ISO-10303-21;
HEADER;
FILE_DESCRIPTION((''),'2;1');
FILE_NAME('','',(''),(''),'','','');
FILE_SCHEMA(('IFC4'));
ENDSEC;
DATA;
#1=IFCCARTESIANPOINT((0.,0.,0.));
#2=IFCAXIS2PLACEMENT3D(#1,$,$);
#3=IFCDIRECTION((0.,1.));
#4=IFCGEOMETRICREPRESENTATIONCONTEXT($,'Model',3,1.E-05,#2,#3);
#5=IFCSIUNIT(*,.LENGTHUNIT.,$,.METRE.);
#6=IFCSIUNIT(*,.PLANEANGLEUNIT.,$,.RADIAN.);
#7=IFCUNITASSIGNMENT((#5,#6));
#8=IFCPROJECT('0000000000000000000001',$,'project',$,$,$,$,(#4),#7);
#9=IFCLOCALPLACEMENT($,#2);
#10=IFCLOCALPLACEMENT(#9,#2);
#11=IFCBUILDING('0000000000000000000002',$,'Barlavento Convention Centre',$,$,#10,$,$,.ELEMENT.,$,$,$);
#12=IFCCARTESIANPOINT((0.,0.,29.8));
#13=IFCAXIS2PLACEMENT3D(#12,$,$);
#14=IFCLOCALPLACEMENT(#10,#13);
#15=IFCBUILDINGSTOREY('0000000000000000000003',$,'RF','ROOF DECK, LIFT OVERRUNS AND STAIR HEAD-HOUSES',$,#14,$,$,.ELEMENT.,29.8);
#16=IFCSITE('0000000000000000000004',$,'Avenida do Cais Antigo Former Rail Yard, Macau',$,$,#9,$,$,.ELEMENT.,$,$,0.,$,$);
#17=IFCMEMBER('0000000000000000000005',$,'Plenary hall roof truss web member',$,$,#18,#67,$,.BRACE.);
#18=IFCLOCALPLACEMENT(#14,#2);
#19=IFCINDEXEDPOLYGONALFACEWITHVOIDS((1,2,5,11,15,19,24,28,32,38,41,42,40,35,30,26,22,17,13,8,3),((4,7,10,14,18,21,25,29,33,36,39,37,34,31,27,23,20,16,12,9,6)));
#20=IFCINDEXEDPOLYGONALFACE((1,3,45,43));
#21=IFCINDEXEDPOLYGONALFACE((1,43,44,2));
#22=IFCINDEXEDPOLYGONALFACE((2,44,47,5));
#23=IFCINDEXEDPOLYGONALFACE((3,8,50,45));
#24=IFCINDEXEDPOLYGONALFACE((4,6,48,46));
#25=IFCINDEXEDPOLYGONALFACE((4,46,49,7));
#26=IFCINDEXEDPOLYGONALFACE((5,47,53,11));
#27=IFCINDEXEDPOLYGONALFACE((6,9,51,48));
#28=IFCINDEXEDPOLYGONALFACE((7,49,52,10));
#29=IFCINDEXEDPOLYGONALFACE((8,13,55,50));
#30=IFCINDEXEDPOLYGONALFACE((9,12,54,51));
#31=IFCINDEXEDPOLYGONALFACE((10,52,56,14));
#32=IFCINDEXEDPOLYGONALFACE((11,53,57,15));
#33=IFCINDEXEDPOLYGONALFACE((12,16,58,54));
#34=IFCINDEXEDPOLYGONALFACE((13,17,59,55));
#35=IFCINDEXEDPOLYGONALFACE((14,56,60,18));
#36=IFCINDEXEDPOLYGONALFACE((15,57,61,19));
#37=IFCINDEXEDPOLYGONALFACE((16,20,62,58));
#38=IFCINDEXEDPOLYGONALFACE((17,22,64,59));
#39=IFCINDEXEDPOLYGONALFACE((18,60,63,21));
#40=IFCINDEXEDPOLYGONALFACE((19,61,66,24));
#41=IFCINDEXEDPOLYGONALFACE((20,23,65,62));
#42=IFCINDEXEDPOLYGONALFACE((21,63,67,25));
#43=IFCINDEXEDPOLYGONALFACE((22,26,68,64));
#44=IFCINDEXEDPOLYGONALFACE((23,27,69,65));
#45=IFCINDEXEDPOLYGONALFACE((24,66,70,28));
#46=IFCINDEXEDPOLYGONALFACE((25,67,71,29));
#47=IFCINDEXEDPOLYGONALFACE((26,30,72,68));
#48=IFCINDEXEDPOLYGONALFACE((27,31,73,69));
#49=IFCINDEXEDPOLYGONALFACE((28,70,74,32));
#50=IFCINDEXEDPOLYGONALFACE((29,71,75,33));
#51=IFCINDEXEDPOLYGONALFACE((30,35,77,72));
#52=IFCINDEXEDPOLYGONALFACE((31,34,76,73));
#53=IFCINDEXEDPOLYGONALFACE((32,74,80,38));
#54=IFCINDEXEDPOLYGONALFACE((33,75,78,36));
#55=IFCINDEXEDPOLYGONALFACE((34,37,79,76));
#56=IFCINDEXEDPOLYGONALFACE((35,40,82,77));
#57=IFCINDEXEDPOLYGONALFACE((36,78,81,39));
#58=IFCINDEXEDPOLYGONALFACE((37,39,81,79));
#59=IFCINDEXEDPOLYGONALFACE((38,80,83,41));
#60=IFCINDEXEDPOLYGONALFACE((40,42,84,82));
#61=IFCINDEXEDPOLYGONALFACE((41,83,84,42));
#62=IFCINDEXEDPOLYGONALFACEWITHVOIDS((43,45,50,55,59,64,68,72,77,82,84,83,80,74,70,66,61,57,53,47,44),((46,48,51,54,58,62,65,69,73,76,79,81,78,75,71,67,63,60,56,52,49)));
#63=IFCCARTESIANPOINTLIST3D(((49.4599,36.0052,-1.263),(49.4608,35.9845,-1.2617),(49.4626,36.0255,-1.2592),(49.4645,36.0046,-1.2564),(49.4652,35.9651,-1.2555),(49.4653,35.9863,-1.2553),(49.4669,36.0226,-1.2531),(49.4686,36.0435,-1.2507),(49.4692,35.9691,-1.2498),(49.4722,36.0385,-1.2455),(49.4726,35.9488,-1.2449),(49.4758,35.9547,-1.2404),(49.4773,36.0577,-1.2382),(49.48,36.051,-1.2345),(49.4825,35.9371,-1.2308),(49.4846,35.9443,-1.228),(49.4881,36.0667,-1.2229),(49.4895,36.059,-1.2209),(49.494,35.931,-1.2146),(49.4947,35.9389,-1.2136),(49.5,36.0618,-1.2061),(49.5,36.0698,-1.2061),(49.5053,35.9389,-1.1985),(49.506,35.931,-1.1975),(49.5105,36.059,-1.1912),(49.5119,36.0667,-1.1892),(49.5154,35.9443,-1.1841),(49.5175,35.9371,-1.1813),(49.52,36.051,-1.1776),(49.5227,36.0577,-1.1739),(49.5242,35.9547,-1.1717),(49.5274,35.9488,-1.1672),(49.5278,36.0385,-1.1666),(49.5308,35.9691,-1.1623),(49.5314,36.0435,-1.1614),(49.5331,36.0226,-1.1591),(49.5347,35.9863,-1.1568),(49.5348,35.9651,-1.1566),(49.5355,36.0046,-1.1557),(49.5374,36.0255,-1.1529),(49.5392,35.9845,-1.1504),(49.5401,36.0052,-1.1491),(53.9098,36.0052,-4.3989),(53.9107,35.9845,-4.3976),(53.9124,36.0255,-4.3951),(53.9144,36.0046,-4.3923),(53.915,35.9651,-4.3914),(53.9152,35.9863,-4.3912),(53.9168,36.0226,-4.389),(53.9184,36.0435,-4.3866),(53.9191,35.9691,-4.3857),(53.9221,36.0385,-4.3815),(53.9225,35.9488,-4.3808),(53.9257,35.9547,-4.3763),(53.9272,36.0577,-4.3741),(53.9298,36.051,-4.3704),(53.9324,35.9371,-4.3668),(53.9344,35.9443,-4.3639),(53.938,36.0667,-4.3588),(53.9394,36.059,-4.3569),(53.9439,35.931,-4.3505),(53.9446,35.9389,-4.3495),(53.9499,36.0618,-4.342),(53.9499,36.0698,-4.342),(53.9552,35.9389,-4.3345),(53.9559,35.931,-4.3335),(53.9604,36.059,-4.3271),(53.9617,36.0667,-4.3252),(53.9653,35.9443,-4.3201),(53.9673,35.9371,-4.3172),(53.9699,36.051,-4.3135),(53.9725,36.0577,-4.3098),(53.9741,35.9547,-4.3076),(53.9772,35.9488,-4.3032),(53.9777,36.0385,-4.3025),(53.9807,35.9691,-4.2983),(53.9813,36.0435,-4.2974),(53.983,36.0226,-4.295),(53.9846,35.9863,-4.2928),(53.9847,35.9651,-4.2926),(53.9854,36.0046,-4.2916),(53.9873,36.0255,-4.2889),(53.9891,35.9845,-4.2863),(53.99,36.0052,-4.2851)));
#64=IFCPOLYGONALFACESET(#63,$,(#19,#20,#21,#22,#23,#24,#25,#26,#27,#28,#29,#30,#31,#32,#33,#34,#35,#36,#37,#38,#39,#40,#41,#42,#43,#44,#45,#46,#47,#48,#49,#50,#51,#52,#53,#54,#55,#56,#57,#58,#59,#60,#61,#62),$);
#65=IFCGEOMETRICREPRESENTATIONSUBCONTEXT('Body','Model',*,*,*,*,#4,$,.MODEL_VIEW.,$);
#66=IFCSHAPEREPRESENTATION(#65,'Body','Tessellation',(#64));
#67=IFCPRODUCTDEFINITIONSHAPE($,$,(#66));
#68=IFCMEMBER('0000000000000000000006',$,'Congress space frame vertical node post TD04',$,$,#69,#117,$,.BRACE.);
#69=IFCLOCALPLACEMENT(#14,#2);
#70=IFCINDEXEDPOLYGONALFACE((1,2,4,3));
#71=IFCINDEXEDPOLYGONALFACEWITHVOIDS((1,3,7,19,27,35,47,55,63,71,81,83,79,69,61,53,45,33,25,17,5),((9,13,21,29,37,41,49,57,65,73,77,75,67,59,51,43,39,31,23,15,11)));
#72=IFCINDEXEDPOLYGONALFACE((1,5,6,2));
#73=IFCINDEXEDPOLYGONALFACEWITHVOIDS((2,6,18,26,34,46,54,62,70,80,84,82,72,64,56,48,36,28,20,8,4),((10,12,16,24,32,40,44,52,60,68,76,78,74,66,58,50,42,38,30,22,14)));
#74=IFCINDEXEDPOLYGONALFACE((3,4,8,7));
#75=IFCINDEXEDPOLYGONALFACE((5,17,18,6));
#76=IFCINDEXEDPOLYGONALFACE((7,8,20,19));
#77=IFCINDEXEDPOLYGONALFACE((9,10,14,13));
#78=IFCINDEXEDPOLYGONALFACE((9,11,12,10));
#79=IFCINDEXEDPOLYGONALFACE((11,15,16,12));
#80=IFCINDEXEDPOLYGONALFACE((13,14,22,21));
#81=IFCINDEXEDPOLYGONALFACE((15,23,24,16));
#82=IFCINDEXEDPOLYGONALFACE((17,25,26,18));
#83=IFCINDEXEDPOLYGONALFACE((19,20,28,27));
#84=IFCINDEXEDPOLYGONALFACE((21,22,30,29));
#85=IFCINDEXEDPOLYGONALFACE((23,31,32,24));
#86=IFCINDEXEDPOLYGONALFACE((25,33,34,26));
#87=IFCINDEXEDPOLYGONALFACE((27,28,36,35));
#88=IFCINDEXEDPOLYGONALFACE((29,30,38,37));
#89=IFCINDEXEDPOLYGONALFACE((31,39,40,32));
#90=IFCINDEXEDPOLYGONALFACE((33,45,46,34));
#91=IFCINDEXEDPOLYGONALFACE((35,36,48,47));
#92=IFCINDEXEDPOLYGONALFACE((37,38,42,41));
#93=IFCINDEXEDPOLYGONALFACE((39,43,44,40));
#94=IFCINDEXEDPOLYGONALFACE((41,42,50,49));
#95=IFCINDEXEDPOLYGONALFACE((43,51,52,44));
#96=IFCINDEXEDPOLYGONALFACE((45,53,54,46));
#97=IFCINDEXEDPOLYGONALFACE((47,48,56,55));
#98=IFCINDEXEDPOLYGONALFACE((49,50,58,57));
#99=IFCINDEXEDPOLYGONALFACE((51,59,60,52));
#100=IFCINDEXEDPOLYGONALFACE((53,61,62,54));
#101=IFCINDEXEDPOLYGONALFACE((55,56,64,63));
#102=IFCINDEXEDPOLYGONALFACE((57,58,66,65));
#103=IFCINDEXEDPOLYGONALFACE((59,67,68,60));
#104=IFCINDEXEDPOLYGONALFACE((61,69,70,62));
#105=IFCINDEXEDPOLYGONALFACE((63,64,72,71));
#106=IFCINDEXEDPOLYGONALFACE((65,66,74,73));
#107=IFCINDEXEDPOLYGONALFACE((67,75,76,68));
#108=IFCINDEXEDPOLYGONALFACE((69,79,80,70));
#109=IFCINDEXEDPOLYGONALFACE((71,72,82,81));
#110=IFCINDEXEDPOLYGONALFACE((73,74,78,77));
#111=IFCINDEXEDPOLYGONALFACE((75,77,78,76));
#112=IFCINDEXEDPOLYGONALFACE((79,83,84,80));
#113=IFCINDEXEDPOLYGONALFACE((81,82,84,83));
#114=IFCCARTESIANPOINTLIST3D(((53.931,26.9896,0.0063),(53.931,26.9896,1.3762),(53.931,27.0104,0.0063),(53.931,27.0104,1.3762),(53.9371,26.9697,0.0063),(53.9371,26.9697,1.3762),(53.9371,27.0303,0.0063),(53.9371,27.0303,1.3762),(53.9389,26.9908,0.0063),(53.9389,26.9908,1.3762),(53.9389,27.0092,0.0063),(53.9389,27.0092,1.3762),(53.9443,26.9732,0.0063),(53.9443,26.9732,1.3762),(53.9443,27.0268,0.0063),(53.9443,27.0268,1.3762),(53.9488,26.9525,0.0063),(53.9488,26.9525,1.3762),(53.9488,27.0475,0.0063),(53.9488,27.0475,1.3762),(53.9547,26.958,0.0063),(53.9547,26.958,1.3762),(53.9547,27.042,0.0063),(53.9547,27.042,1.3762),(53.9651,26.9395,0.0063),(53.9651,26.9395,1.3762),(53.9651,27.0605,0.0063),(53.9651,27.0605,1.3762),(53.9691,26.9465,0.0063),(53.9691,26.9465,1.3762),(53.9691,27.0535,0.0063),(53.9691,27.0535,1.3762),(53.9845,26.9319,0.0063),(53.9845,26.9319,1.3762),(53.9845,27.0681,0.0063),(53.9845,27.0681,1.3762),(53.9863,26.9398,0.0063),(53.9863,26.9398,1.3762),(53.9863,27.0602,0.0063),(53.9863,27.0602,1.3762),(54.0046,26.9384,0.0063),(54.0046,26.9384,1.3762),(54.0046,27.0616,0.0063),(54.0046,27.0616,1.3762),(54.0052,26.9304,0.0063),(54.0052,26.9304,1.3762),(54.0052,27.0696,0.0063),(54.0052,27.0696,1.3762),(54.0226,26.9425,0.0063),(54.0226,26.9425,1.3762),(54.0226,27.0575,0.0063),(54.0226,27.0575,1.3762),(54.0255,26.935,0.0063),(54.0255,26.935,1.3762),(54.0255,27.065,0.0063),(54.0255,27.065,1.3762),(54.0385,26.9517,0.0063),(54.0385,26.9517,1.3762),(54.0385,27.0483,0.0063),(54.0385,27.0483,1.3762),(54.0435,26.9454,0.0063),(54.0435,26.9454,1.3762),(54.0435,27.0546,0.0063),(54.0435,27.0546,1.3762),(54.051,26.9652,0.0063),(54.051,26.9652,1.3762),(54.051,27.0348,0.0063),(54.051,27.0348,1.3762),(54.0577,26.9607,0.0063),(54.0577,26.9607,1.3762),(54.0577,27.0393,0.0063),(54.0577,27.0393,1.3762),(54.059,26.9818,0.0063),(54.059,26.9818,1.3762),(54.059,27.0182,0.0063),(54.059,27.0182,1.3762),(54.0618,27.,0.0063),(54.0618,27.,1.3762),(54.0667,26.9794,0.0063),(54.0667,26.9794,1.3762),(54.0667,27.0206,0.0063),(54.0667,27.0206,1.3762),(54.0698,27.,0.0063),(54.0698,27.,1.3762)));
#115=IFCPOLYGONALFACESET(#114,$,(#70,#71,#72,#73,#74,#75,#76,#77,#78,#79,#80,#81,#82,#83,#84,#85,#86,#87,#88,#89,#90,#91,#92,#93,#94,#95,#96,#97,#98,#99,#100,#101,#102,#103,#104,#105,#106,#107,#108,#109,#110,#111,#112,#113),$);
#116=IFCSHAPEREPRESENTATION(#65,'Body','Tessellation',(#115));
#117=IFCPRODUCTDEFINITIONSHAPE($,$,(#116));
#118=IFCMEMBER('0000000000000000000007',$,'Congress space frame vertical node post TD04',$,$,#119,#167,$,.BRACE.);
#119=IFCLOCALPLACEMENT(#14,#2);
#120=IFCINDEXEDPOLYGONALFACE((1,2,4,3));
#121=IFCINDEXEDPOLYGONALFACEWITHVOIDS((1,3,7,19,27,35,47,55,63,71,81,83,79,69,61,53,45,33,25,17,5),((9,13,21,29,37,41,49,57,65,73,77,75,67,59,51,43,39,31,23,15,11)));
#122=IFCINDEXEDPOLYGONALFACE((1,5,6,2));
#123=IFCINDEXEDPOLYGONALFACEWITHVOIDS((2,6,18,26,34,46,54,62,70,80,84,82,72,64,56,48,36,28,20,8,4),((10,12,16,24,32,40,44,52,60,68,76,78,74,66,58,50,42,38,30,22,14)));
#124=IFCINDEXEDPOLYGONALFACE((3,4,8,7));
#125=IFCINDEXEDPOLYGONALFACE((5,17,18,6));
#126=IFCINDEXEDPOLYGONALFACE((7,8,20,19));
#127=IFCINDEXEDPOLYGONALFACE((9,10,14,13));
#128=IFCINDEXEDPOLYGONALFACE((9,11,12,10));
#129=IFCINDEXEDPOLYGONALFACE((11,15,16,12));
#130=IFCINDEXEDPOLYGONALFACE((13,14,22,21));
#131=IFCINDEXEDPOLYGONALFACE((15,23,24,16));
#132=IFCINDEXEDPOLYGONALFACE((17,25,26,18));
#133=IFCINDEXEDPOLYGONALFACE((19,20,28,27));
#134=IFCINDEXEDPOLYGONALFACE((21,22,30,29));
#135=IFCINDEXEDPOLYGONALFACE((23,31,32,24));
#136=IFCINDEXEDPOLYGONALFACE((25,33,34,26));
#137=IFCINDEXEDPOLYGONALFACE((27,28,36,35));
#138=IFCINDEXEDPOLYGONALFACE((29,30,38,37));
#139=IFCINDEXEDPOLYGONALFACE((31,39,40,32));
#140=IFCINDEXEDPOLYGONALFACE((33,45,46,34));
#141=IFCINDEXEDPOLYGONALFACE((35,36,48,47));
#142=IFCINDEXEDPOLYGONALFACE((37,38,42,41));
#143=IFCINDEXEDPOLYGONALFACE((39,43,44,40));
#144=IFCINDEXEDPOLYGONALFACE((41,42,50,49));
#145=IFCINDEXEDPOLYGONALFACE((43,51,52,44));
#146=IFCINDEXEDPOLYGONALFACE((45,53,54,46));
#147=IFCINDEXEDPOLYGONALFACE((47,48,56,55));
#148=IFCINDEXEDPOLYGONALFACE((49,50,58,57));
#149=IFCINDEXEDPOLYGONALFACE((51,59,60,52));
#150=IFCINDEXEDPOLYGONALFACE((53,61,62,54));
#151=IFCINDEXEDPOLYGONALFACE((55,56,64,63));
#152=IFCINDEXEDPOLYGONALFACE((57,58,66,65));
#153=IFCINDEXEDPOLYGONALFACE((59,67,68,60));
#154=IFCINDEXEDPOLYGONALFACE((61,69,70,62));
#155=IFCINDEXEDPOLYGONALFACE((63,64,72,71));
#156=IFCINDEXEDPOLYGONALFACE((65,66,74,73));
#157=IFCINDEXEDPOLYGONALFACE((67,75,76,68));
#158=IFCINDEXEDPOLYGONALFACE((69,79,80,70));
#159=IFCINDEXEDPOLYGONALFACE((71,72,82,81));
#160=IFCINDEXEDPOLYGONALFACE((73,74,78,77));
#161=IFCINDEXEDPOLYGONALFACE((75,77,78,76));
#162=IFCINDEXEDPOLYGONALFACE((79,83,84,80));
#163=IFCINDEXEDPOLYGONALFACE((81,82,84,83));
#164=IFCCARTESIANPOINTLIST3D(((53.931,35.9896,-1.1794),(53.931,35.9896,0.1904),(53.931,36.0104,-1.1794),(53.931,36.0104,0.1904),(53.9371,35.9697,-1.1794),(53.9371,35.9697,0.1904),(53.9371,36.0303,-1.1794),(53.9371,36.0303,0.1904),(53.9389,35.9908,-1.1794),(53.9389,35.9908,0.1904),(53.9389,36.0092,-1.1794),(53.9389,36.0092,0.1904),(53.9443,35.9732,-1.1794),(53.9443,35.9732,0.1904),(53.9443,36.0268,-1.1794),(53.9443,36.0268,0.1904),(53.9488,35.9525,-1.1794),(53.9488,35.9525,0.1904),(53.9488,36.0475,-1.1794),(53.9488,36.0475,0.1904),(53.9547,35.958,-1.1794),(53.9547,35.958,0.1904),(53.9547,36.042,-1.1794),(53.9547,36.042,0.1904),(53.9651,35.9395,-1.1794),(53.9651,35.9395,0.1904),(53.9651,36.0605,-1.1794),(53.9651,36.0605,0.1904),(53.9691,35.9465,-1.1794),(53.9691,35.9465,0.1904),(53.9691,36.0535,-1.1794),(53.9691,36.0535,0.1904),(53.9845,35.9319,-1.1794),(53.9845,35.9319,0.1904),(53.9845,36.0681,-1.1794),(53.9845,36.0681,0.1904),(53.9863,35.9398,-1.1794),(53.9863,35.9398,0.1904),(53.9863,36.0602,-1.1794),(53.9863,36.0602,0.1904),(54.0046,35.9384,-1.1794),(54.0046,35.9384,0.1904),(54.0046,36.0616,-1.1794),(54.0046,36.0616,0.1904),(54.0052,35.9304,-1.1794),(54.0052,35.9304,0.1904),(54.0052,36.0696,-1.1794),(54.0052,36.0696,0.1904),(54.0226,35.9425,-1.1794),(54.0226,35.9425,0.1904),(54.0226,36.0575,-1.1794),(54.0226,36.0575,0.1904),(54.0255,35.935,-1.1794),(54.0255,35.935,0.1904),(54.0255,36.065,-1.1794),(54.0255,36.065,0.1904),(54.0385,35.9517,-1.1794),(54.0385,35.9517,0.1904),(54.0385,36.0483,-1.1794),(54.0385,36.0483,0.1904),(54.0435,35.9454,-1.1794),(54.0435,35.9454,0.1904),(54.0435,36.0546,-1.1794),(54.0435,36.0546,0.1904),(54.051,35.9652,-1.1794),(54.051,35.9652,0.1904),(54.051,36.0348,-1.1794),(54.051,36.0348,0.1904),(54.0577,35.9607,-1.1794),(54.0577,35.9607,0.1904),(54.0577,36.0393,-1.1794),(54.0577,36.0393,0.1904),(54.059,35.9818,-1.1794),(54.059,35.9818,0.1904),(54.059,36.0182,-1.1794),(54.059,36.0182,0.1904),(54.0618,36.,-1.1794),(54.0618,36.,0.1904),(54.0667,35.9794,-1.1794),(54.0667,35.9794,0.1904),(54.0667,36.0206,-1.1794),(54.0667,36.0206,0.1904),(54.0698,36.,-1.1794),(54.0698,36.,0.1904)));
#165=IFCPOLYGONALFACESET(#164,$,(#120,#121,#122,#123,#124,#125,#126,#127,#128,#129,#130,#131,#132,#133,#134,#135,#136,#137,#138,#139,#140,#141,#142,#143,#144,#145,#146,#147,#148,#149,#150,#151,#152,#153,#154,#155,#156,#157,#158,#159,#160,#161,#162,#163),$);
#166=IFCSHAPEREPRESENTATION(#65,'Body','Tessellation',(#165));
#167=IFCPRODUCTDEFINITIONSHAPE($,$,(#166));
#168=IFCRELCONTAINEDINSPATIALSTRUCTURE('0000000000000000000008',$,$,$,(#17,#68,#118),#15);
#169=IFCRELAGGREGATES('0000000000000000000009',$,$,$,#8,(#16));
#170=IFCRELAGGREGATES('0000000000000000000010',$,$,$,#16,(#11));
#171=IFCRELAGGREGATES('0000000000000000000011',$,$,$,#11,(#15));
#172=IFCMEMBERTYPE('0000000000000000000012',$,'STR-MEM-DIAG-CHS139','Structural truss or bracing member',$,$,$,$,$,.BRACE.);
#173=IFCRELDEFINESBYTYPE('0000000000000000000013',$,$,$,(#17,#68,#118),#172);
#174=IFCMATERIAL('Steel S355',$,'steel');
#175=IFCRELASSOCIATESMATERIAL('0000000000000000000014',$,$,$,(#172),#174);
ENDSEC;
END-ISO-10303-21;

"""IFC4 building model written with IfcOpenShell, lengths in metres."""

from ifc_helpers import new_model, si_unit, direction, frame, origin, origin_2d, place, context, subcontext, project, spatial, hollow_circle, extrude, material, material_profile, profile_set, type_object, element, save


model = new_model("IFC4")

# Units and contexts
model_context = context("Model", 3, precision=1e-05, world=origin(), true_north=direction((0.0, 1.0)))
body_context = subcontext(model_context, "Body", "Model", "MODEL_VIEW")
ifc_project = project(units=[si_unit("LENGTHUNIT", "METRE"), si_unit("PLANEANGLEUNIT", "RADIAN")], contexts=[model_context])

# Site, building, storey
site_placement = place(None, origin())
site = spatial("IfcSite", under=ifc_project, at=site_placement, Name="Avenida do Cais Antigo Former Rail Yard, Macau", CompositionType="ELEMENT", RefElevation=0.0)
building_placement = place(site_placement, origin())
building = spatial("IfcBuilding", under=site, at=building_placement, Name="Barlavento Convention Centre", CompositionType="ELEMENT")
storey_placement = place(building_placement, frame((0.0, 0.0, 29.8)))
storey = spatial("IfcBuildingStorey", under=building, at=storey_placement, Name="RF", Description="ROOF DECK, LIFT OVERRUNS AND STAIR HEAD-HOUSES", CompositionType="ELEMENT", Elevation=29.8)

# Members
ifc_material_1 = material(Name="Steel S355", Category="steel")
ifc_material_profile_1 = material_profile(ifc_material_1, hollow_circle(Radius=0.0698, WallThickness=0.0081, at=origin_2d()), Name="CHS 139.7x8.0")
ifc_profile_set_1 = profile_set([ifc_material_profile_1], Name="Steel S355")
member_type_1 = type_object("IfcMemberType", Name="STR-MEM-DIAG-CHS139", Description="Structural truss or bracing member", PredefinedType="BRACE", material=ifc_profile_set_1)
member_1_placement = place(storey_placement, frame((49.5, 36.0, -1.2061), z_axis=(0.817414, 0.0, -0.576051), x_axis=(0.0, 1.0, 0.0)))
element("IfcMember", 1, at=member_1_placement, inside=storey, type_object=member_type_1, Name="Plenary hall roof truss web member", PredefinedType="BRACE", context=body_context, shape_type="SweptSolid", body=[
    extrude(hollow_circle(Radius=0.0698, WallThickness=0.0081, at=origin_2d()), origin(), (0.0, 0.0, 1.0), 5.4438),
])
for number, where, z_axis, x_axis, name in (
    (2, (54.0, 27.0, 0.0063), (0.0, 0.0, 1.0), (1.0, 0.0, 0.0), "Congress space frame vertical node post TD04"),
    (3, (54.0, 36.0, -1.1794), (0.0, 0.0, 1.0), (1.0, 0.0, 0.0), "Congress space frame vertical node post TD04"),
):
    element("IfcMember", number, at=place(storey_placement, frame(where, z_axis=z_axis, x_axis=x_axis)), inside=storey, type_object=member_type_1, Name=name, PredefinedType="BRACE", context=body_context, shape_type="SweptSolid", body=[
        extrude(hollow_circle(Radius=0.0698, WallThickness=0.0081, at=origin_2d()), origin(), (0.0, 0.0, 1.0), 1.3699),
    ])

save(model, "model.ifc")
